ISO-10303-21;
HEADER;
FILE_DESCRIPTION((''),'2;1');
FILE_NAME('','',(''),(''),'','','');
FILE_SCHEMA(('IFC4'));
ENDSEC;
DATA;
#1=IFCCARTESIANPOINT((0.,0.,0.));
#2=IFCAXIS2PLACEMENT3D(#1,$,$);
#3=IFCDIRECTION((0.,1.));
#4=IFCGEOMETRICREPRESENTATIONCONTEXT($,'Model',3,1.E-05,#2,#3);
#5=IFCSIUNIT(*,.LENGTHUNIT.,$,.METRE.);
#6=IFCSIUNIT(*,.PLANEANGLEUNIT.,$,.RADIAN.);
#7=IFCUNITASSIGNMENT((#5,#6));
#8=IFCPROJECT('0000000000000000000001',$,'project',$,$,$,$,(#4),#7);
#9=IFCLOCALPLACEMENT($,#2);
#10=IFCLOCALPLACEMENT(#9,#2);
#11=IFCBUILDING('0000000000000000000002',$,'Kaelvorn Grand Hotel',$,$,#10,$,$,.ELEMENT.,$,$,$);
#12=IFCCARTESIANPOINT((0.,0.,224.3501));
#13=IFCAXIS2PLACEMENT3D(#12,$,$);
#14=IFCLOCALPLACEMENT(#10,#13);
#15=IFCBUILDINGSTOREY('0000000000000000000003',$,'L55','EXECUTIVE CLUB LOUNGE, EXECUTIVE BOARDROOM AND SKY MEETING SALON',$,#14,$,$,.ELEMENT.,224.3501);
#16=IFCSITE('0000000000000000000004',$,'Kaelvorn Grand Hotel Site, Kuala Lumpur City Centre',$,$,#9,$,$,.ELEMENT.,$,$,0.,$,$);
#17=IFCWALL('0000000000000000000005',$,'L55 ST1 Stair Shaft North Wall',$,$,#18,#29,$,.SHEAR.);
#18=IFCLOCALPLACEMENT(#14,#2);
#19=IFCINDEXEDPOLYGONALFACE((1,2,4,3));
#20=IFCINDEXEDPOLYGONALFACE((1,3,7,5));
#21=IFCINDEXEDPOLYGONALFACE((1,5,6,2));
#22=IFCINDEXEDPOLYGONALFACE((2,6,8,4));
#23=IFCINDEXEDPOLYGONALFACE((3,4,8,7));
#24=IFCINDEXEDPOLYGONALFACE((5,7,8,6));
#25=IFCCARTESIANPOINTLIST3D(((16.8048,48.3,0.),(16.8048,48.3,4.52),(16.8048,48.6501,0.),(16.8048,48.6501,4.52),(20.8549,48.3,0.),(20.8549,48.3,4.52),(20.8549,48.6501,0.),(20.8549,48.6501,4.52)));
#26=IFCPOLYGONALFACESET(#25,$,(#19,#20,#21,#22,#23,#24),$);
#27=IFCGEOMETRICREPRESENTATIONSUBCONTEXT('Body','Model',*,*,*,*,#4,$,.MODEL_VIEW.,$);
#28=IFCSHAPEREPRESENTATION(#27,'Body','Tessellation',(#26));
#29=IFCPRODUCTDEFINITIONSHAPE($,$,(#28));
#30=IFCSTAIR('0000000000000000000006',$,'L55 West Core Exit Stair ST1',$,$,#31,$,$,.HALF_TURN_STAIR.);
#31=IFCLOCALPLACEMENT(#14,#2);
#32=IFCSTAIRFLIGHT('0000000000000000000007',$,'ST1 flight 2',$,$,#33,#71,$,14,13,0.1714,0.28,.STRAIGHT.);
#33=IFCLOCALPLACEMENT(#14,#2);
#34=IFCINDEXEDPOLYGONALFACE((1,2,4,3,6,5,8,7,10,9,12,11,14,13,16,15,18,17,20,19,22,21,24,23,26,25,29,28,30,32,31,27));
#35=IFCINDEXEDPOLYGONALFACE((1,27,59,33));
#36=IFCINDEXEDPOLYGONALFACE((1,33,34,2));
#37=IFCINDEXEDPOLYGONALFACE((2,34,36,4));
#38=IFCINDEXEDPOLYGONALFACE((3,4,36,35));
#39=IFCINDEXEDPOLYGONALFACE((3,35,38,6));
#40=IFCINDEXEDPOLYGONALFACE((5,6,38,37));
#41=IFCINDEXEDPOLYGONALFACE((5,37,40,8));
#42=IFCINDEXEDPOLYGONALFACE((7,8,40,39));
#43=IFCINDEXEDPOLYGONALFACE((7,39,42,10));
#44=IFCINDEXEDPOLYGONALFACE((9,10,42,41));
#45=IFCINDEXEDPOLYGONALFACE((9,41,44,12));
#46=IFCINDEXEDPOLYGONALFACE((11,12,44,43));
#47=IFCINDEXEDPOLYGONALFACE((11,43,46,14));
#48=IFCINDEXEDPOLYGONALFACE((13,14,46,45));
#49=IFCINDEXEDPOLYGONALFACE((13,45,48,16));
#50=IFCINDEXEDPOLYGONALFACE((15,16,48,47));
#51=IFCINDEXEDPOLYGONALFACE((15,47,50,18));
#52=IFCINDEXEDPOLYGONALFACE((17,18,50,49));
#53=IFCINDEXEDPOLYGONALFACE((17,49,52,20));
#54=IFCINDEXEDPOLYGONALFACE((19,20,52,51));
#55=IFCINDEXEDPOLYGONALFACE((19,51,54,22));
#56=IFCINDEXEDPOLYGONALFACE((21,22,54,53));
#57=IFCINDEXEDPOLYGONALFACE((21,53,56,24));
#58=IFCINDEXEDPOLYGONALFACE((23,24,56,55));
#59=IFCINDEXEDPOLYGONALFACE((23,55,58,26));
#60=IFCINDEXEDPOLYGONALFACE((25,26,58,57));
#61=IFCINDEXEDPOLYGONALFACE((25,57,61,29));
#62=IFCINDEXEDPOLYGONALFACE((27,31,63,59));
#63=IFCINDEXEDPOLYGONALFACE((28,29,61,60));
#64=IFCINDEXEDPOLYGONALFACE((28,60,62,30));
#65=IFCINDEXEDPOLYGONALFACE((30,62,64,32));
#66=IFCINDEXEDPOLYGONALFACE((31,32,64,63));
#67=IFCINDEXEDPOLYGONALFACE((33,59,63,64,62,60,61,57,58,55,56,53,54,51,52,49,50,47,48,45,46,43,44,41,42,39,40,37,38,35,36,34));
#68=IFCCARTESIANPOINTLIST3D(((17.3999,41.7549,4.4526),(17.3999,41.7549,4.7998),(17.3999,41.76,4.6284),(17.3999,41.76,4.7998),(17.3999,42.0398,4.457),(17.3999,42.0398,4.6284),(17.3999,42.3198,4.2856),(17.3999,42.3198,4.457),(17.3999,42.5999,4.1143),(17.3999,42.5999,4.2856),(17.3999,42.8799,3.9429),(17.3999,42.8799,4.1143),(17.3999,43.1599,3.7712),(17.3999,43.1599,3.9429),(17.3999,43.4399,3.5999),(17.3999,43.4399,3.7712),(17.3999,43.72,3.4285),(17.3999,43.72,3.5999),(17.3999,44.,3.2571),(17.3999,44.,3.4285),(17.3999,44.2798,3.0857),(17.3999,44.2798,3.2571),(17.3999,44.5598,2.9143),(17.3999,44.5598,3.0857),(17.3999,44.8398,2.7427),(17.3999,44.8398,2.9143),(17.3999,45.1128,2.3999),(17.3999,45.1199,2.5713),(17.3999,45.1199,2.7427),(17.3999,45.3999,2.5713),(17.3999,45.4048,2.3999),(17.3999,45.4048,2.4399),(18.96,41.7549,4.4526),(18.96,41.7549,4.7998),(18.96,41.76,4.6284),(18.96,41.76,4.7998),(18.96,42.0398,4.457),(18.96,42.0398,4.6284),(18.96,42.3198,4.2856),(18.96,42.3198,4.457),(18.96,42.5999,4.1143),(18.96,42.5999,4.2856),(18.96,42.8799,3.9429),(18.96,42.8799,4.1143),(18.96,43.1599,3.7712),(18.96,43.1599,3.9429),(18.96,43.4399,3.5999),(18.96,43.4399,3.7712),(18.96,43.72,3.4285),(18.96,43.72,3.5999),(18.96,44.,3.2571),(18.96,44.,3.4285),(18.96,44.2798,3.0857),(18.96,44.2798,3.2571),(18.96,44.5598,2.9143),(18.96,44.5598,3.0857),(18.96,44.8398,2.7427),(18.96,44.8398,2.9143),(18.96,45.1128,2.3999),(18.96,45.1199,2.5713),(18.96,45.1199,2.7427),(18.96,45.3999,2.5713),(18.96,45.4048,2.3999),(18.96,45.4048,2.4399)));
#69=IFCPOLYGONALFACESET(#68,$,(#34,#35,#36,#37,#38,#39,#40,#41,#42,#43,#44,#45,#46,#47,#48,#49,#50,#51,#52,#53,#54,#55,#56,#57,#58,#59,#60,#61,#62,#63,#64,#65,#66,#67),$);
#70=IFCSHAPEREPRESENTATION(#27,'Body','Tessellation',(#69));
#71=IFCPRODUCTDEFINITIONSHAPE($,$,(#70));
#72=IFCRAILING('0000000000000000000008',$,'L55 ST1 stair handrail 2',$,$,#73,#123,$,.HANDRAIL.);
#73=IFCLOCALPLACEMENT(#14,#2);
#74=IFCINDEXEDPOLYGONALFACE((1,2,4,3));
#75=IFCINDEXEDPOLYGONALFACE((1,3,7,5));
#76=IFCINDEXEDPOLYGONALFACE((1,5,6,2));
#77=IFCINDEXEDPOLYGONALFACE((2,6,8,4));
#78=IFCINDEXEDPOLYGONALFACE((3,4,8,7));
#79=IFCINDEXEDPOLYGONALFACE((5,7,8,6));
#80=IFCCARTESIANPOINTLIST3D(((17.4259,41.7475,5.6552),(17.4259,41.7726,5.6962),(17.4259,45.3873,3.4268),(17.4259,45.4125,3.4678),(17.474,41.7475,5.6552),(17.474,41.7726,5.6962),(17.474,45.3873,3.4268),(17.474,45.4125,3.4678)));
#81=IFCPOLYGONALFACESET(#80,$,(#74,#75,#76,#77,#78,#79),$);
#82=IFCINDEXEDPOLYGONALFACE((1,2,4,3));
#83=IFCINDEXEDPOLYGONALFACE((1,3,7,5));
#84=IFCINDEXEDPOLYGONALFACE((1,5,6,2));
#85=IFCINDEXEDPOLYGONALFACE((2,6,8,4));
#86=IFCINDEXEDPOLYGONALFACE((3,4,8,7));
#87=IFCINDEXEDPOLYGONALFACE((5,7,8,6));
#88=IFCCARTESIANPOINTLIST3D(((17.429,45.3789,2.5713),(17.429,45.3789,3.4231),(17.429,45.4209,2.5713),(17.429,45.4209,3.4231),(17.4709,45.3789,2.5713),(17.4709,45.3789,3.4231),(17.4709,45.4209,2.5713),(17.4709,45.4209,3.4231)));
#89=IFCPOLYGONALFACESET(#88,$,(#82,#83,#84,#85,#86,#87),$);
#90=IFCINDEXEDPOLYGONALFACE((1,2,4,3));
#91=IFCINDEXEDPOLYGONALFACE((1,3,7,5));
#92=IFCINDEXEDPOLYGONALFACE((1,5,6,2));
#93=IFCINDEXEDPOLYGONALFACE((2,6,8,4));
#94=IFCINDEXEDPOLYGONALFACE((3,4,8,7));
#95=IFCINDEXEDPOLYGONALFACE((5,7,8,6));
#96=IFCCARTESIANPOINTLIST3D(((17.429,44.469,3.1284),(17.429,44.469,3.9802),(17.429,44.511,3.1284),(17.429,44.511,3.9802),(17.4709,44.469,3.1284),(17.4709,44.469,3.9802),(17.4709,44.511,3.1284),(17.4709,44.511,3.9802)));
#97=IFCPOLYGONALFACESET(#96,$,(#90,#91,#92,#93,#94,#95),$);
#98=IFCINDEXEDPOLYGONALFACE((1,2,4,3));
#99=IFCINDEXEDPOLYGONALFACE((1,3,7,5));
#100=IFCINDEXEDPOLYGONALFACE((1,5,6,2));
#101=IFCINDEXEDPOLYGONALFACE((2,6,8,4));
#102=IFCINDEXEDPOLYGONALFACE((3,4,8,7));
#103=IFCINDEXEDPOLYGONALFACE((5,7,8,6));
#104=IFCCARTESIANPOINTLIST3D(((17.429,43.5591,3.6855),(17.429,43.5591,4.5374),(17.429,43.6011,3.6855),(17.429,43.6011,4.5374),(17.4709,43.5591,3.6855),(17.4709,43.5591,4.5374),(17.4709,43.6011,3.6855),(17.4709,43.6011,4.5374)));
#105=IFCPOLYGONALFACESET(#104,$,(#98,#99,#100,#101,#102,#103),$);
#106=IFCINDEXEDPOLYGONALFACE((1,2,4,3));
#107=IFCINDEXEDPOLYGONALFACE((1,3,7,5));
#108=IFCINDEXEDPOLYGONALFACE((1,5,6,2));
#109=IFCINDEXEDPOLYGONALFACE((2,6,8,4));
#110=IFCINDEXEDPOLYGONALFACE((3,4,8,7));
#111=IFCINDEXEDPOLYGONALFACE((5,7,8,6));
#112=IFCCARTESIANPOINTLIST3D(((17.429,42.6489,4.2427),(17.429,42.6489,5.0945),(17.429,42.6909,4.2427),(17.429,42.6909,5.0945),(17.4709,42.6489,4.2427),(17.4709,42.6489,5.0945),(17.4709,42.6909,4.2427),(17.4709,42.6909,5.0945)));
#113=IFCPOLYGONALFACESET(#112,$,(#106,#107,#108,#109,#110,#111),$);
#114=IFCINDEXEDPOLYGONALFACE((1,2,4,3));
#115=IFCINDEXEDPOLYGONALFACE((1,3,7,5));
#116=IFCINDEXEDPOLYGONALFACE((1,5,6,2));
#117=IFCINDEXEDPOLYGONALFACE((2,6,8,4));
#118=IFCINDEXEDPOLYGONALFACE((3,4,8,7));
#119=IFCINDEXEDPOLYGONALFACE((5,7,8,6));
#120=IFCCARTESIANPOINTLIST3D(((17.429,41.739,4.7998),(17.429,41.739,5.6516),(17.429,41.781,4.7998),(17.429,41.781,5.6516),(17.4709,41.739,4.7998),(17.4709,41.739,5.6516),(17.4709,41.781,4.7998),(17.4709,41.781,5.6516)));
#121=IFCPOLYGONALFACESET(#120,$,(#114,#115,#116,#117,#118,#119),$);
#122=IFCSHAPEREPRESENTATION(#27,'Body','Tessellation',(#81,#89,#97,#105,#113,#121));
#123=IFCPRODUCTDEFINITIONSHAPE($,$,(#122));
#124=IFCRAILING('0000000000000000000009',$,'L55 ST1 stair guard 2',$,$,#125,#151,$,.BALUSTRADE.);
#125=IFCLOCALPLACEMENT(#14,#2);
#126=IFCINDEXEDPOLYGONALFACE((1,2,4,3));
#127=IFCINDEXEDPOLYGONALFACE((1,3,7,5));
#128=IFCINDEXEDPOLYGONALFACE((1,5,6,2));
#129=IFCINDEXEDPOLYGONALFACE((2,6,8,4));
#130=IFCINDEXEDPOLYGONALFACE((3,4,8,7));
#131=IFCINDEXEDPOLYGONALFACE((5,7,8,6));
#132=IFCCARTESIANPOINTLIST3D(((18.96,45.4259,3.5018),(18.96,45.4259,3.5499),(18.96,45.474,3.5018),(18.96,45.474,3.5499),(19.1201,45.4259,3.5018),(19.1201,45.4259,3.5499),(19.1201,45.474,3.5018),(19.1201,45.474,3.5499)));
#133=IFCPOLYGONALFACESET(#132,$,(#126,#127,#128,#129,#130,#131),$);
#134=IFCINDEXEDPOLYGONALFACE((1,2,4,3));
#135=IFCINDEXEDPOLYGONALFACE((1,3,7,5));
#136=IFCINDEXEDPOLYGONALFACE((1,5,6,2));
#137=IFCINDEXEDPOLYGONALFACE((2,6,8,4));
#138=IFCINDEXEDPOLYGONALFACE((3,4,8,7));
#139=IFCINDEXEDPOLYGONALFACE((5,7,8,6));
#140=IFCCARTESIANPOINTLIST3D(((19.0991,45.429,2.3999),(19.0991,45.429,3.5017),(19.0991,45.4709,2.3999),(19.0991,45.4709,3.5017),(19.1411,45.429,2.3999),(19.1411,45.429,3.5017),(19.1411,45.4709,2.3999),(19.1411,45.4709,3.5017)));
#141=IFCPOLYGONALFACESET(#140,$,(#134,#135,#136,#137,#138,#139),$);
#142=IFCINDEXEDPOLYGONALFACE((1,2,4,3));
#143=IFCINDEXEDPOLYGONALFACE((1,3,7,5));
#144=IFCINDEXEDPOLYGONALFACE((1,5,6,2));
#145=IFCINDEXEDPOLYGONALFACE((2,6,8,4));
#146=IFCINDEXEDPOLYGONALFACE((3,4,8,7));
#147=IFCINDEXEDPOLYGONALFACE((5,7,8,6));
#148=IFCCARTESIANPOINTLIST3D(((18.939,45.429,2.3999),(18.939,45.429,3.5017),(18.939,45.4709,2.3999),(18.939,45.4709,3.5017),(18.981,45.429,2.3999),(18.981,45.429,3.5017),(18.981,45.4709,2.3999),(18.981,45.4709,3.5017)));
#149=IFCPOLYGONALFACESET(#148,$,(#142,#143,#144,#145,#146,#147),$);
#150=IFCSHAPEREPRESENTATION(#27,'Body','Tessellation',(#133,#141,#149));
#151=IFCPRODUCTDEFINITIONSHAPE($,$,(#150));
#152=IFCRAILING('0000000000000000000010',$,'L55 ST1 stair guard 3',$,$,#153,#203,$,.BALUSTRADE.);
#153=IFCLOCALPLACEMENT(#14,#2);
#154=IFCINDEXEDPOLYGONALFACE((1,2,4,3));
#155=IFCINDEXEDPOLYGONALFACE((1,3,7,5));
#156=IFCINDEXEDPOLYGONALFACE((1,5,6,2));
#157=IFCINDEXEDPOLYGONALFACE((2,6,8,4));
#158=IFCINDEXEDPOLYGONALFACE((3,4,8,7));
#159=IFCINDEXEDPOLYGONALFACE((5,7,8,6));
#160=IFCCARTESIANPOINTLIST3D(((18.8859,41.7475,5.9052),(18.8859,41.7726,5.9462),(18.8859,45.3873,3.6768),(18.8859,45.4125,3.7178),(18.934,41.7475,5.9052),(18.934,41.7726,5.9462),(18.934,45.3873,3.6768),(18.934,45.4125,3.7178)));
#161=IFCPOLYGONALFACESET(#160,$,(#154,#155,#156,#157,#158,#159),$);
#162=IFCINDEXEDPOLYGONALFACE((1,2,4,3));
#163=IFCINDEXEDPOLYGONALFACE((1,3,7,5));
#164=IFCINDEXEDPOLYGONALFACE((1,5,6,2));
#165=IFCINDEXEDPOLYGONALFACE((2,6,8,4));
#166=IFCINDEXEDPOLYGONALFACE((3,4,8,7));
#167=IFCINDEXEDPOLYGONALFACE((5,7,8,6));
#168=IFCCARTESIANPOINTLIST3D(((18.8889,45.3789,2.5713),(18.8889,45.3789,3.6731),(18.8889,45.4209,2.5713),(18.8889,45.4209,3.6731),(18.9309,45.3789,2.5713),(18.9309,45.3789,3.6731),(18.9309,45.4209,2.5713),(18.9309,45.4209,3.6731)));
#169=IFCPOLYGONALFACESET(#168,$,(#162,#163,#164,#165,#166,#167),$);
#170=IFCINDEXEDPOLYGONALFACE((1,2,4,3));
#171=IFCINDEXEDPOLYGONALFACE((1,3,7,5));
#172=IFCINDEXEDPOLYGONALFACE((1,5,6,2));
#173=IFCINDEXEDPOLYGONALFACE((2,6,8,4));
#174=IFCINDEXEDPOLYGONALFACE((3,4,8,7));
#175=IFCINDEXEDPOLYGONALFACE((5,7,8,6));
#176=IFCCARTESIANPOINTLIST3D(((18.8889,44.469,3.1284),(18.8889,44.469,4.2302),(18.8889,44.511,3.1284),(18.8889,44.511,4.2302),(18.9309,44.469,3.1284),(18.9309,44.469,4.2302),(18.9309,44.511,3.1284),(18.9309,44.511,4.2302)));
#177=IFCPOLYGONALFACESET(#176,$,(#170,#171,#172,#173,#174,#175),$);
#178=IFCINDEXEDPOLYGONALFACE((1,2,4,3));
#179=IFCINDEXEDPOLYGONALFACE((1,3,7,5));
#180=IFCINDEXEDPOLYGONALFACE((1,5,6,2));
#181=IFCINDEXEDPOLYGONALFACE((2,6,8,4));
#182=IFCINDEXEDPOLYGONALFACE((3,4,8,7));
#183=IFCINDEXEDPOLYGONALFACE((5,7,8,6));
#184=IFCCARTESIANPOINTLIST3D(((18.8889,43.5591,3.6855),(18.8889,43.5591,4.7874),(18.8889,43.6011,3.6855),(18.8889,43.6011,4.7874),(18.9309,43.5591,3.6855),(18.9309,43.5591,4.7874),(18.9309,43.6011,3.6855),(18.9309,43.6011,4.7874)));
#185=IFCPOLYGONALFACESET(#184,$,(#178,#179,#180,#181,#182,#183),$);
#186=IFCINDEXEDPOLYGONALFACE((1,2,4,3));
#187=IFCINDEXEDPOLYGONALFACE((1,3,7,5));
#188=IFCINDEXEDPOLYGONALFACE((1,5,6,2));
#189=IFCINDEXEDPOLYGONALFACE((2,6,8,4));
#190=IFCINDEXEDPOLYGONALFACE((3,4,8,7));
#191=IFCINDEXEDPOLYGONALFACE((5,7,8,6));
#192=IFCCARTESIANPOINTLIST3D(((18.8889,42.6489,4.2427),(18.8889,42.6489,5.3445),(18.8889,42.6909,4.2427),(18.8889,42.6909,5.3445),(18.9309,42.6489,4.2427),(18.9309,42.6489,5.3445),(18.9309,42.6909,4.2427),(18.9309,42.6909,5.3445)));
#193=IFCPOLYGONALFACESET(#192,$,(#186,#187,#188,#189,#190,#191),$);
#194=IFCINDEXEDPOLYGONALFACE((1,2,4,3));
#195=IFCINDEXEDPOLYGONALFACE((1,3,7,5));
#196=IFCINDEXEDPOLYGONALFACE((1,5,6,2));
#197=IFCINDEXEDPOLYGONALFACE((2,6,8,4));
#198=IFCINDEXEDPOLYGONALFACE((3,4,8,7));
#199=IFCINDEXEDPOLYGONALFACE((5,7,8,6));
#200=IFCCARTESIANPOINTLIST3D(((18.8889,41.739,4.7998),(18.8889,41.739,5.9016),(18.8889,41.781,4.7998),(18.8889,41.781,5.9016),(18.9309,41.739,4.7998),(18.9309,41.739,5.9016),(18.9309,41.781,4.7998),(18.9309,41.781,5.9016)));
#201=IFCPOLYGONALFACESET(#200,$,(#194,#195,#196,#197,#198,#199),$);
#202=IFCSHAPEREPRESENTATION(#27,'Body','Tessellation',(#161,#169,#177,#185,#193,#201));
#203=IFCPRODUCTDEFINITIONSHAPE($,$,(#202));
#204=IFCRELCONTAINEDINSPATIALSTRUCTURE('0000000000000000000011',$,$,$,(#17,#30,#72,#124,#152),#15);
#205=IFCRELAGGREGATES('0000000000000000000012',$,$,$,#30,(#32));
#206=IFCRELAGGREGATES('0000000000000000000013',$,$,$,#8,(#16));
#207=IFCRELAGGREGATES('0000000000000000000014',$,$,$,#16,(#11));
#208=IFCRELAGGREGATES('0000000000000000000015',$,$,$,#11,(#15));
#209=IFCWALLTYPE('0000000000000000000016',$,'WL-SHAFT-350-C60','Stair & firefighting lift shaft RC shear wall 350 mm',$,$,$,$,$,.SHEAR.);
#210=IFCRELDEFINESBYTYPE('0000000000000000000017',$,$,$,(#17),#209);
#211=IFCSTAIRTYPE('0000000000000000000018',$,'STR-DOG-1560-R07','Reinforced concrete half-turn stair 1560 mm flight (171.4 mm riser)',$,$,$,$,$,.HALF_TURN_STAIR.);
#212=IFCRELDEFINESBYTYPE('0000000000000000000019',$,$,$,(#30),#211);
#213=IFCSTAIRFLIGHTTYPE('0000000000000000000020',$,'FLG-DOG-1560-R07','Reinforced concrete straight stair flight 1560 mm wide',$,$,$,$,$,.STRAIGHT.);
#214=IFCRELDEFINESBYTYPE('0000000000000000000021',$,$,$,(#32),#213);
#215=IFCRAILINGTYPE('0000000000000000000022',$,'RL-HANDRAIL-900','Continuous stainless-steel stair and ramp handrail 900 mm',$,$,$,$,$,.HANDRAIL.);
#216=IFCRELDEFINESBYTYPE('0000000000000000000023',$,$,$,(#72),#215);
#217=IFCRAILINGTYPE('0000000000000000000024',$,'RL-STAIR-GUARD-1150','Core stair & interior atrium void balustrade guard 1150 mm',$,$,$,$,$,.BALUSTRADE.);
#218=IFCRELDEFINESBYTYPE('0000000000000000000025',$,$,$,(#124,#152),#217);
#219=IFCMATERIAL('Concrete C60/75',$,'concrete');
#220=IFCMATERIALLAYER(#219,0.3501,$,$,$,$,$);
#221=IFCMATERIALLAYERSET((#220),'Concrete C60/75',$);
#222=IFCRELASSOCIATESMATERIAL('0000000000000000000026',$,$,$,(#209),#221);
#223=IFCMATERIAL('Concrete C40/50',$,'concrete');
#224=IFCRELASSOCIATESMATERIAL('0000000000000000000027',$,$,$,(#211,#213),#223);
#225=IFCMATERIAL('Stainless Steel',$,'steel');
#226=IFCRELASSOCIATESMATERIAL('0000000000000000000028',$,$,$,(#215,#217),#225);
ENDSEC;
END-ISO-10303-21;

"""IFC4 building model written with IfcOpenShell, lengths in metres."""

from ifc_helpers import new_model, si_unit, direction, frame, frame_2d, origin, origin_2d, place, context, subcontext, project, spatial, polyline, rectangle, outline, extrude, material, layer, layer_set, type_object, element, aggregate, save


model = new_model("IFC4")

# Units and contexts
model_context = context("Model", 3, precision=1e-05, world=origin(), true_north=direction((0.0, 1.0)))
body_context = subcontext(model_context, "Body", "Model", "MODEL_VIEW")
ifc_project = project(units=[si_unit("LENGTHUNIT", "METRE"), si_unit("PLANEANGLEUNIT", "RADIAN")], contexts=[model_context])

# Site, building, storey
site_placement = place(None, origin())
site = spatial("IfcSite", under=ifc_project, at=site_placement, Name="Kaelvorn Grand Hotel Site, Kuala Lumpur City Centre", CompositionType="ELEMENT", RefElevation=0.0)
building_placement = place(site_placement, origin())
building = spatial("IfcBuilding", under=site, at=building_placement, Name="Kaelvorn Grand Hotel", CompositionType="ELEMENT")
storey_placement = place(building_placement, frame((0.0, 0.0, 224.3501)))
storey = spatial("IfcBuildingStorey", under=building, at=storey_placement, Name="L55", Description="EXECUTIVE CLUB LOUNGE, EXECUTIVE BOARDROOM AND SKY MEETING SALON", CompositionType="ELEMENT", Elevation=224.3501)

# Shared definitions
ifc_material_1 = material(Name="Concrete C60/75", Category="concrete")

# Shared definitions
ifc_material_2 = material(Name="Concrete C40/50", Category="concrete")

# Wall
ifc_layer_1 = layer(ifc_material_1, 0.3501)
ifc_layer_set_1 = layer_set([ifc_layer_1], Name="Concrete C60/75")
wall_type_1 = type_object("IfcWallType", Name="WL-SHAFT-350-C60", Description="Stair & firefighting lift shaft RC shear wall 350 mm", PredefinedType="SHEAR", material=ifc_layer_set_1)
wall_1_placement = place(storey_placement, frame((16.8049, 48.4751, 0.0), z_axis=(0.0, 0.0, 1.0), x_axis=(1.0, 0.0, 0.0)))
element("IfcWall", 1, at=wall_1_placement, inside=storey, type_object=wall_type_1, Name="L55 ST1 Stair Shaft North Wall", PredefinedType="SHEAR", context=body_context, shape_type="SweptSolid", body=[
    extrude(rectangle(XDim=4.05, YDim=0.3501, at=frame_2d((2.0249, 0.0))), origin(), (0.0, 0.0, 1.0), 4.52),
])

# Stair, stair flight
stair_type = type_object("IfcStairType", Name="STR-DOG-1560-R07", Description="Reinforced concrete half-turn stair 1560 mm flight (171.4 mm riser)", PredefinedType="HALF_TURN_STAIR", material=ifc_material_2)
stair_placement = place(storey_placement, origin())
stair = element("IfcStair", 2, at=stair_placement, inside=storey, type_object=stair_type, Name="L55 West Core Exit Stair ST1", PredefinedType="HALF_TURN_STAIR")
stair_flight_type = type_object("IfcStairFlightType", Name="FLG-DOG-1560-R07", Description="Reinforced concrete straight stair flight 1560 mm wide", PredefinedType="STRAIGHT", material=ifc_material_2)
stair_flight_placement = place(storey_placement, frame((18.1799, 45.3999, 2.3999), z_axis=(0.0, 0.0, 1.0), x_axis=(0.0, -1.0, 0.0)))
stair_flight = element("IfcStairFlight", 3, at=stair_flight_placement, type_object=stair_flight_type, Name="ST1 flight 2", NumberOfRisers=14, NumberOfTreads=13, PredefinedType="STRAIGHT", RiserHeight=0.1714, TreadLength=0.28, context=body_context, shape_type="SweptSolid", body=[
    extrude(outline(polyline([(-0.0049, 0.0), (-0.0049, 0.04), (0.0, 0.1714), (0.28, 0.1714), (0.28, 0.3428), (0.5601, 0.3428), (0.5601, 0.5144), (0.8401, 0.5144), (0.8401, 0.6858), (1.1201, 0.6858), (1.1201, 0.8572), (1.3999, 0.8572), (1.3999, 1.0286), (1.6799, 1.0286), (1.6799, 1.2), (1.96, 1.2), (1.96, 1.3713), (2.24, 1.3713), (2.24, 1.543), (2.52, 1.543), (2.52, 1.7144), (2.8, 1.7144), (2.8, 1.8857), (3.0801, 1.8857), (3.0801, 2.0571), (3.3601, 2.0571), (3.3601, 2.2285), (3.6399, 2.2285), (3.6399, 2.3999), (3.645, 2.3999), (3.645, 2.0527), (0.2871, 0.0), (-0.0049, 0.0)])), frame((0.0, 0.78, 0.0), z_axis=(0.0, -1.0, 0.0), x_axis=(1.0, 0.0, 0.0)), (0.0, 0.0, 1.0), 1.5601),
])
aggregate(stair, [stair_flight])

# Railings
ifc_material_3 = material(Name="Stainless Steel", Category="steel")
railing_type_1 = type_object("IfcRailingType", Name="RL-HANDRAIL-900", Description="Continuous stainless-steel stair and ramp handrail 900 mm", PredefinedType="HANDRAIL", material=ifc_material_3)
railing_1_placement = place(storey_placement, frame((17.45, 45.3999, 2.5713)))
element("IfcRailing", 4, at=railing_1_placement, inside=storey, type_object=railing_type_1, Name="L55 ST1 stair handrail 2", PredefinedType="HANDRAIL", context=body_context, shape_type="SweptSolid", body=[
    extrude(rectangle(XDim=0.0481, YDim=0.0481, at=origin_2d()), frame((0.0, 0.0, 0.876), z_axis=(0.0, -0.85285, 0.522156), x_axis=(1.0, 0.0, 0.0)), (0.0, 0.0, 1.0), 4.2678),
    extrude(rectangle(XDim=0.042, YDim=0.042, at=origin_2d()), origin(), (0.0, 0.0, 1.0), 0.8518),
    extrude(rectangle(XDim=0.042, YDim=0.042, at=origin_2d()), frame((0.0, -0.9099, 0.5571)), (0.0, 0.0, 1.0), 0.8518),
    extrude(rectangle(XDim=0.042, YDim=0.042, at=origin_2d()), frame((0.0, -1.8198, 1.1143)), (0.0, 0.0, 1.0), 0.8518),
    extrude(rectangle(XDim=0.042, YDim=0.042, at=origin_2d()), frame((0.0, -2.73, 1.6714)), (0.0, 0.0, 1.0), 0.8518),
    extrude(rectangle(XDim=0.042, YDim=0.042, at=origin_2d()), frame((0.0, -3.6399, 2.2285)), (0.0, 0.0, 1.0), 0.8518),
])
railing_type_2 = type_object("IfcRailingType", Name="RL-STAIR-GUARD-1150", Description="Core stair & interior atrium void balustrade guard 1150 mm", PredefinedType="BALUSTRADE", material=ifc_material_3)
railing_2_placement = place(storey_placement, frame((19.1201, 45.45, 2.3999)))
element("IfcRailing", 5, at=railing_2_placement, inside=storey, type_object=railing_type_2, Name="L55 ST1 stair guard 2", PredefinedType="BALUSTRADE", context=body_context, shape_type="SweptSolid", body=[
    extrude(rectangle(XDim=0.0481, YDim=0.0481, at=origin_2d()), frame((0.0, 0.0, 1.126), z_axis=(-1.0, 0.0, 0.0), x_axis=(0.0, -1.0, 0.0)), (0.0, 0.0, 1.0), 0.1602),
    extrude(rectangle(XDim=0.042, YDim=0.042, at=origin_2d()), origin(), (0.0, 0.0, 1.0), 1.1018),
    extrude(rectangle(XDim=0.042, YDim=0.042, at=origin_2d()), frame((-0.1602, 0.0, 0.0)), (0.0, 0.0, 1.0), 1.1018),
])
railing_3_placement = place(storey_placement, frame((18.9099, 45.3999, 2.5713)))
element("IfcRailing", 6, at=railing_3_placement, inside=storey, type_object=railing_type_2, Name="L55 ST1 stair guard 3", PredefinedType="BALUSTRADE", context=body_context, shape_type="SweptSolid", body=[
    extrude(rectangle(XDim=0.0481, YDim=0.0481, at=origin_2d()), frame((0.0, 0.0, 1.126), z_axis=(0.0, -0.85285, 0.522156), x_axis=(1.0, 0.0, 0.0)), (0.0, 0.0, 1.0), 4.2678),
    extrude(rectangle(XDim=0.042, YDim=0.042, at=origin_2d()), origin(), (0.0, 0.0, 1.0), 1.1018),
    extrude(rectangle(XDim=0.042, YDim=0.042, at=origin_2d()), frame((0.0, -0.9099, 0.5571)), (0.0, 0.0, 1.0), 1.1018),
    extrude(rectangle(XDim=0.042, YDim=0.042, at=origin_2d()), frame((0.0, -1.8198, 1.1143)), (0.0, 0.0, 1.0), 1.1018),
    extrude(rectangle(XDim=0.042, YDim=0.042, at=origin_2d()), frame((0.0, -2.73, 1.6714)), (0.0, 0.0, 1.0), 1.1018),
    extrude(rectangle(XDim=0.042, YDim=0.042, at=origin_2d()), frame((0.0, -3.6399, 2.2285)), (0.0, 0.0, 1.0), 1.1018),
])

save(model, "model.ifc")
